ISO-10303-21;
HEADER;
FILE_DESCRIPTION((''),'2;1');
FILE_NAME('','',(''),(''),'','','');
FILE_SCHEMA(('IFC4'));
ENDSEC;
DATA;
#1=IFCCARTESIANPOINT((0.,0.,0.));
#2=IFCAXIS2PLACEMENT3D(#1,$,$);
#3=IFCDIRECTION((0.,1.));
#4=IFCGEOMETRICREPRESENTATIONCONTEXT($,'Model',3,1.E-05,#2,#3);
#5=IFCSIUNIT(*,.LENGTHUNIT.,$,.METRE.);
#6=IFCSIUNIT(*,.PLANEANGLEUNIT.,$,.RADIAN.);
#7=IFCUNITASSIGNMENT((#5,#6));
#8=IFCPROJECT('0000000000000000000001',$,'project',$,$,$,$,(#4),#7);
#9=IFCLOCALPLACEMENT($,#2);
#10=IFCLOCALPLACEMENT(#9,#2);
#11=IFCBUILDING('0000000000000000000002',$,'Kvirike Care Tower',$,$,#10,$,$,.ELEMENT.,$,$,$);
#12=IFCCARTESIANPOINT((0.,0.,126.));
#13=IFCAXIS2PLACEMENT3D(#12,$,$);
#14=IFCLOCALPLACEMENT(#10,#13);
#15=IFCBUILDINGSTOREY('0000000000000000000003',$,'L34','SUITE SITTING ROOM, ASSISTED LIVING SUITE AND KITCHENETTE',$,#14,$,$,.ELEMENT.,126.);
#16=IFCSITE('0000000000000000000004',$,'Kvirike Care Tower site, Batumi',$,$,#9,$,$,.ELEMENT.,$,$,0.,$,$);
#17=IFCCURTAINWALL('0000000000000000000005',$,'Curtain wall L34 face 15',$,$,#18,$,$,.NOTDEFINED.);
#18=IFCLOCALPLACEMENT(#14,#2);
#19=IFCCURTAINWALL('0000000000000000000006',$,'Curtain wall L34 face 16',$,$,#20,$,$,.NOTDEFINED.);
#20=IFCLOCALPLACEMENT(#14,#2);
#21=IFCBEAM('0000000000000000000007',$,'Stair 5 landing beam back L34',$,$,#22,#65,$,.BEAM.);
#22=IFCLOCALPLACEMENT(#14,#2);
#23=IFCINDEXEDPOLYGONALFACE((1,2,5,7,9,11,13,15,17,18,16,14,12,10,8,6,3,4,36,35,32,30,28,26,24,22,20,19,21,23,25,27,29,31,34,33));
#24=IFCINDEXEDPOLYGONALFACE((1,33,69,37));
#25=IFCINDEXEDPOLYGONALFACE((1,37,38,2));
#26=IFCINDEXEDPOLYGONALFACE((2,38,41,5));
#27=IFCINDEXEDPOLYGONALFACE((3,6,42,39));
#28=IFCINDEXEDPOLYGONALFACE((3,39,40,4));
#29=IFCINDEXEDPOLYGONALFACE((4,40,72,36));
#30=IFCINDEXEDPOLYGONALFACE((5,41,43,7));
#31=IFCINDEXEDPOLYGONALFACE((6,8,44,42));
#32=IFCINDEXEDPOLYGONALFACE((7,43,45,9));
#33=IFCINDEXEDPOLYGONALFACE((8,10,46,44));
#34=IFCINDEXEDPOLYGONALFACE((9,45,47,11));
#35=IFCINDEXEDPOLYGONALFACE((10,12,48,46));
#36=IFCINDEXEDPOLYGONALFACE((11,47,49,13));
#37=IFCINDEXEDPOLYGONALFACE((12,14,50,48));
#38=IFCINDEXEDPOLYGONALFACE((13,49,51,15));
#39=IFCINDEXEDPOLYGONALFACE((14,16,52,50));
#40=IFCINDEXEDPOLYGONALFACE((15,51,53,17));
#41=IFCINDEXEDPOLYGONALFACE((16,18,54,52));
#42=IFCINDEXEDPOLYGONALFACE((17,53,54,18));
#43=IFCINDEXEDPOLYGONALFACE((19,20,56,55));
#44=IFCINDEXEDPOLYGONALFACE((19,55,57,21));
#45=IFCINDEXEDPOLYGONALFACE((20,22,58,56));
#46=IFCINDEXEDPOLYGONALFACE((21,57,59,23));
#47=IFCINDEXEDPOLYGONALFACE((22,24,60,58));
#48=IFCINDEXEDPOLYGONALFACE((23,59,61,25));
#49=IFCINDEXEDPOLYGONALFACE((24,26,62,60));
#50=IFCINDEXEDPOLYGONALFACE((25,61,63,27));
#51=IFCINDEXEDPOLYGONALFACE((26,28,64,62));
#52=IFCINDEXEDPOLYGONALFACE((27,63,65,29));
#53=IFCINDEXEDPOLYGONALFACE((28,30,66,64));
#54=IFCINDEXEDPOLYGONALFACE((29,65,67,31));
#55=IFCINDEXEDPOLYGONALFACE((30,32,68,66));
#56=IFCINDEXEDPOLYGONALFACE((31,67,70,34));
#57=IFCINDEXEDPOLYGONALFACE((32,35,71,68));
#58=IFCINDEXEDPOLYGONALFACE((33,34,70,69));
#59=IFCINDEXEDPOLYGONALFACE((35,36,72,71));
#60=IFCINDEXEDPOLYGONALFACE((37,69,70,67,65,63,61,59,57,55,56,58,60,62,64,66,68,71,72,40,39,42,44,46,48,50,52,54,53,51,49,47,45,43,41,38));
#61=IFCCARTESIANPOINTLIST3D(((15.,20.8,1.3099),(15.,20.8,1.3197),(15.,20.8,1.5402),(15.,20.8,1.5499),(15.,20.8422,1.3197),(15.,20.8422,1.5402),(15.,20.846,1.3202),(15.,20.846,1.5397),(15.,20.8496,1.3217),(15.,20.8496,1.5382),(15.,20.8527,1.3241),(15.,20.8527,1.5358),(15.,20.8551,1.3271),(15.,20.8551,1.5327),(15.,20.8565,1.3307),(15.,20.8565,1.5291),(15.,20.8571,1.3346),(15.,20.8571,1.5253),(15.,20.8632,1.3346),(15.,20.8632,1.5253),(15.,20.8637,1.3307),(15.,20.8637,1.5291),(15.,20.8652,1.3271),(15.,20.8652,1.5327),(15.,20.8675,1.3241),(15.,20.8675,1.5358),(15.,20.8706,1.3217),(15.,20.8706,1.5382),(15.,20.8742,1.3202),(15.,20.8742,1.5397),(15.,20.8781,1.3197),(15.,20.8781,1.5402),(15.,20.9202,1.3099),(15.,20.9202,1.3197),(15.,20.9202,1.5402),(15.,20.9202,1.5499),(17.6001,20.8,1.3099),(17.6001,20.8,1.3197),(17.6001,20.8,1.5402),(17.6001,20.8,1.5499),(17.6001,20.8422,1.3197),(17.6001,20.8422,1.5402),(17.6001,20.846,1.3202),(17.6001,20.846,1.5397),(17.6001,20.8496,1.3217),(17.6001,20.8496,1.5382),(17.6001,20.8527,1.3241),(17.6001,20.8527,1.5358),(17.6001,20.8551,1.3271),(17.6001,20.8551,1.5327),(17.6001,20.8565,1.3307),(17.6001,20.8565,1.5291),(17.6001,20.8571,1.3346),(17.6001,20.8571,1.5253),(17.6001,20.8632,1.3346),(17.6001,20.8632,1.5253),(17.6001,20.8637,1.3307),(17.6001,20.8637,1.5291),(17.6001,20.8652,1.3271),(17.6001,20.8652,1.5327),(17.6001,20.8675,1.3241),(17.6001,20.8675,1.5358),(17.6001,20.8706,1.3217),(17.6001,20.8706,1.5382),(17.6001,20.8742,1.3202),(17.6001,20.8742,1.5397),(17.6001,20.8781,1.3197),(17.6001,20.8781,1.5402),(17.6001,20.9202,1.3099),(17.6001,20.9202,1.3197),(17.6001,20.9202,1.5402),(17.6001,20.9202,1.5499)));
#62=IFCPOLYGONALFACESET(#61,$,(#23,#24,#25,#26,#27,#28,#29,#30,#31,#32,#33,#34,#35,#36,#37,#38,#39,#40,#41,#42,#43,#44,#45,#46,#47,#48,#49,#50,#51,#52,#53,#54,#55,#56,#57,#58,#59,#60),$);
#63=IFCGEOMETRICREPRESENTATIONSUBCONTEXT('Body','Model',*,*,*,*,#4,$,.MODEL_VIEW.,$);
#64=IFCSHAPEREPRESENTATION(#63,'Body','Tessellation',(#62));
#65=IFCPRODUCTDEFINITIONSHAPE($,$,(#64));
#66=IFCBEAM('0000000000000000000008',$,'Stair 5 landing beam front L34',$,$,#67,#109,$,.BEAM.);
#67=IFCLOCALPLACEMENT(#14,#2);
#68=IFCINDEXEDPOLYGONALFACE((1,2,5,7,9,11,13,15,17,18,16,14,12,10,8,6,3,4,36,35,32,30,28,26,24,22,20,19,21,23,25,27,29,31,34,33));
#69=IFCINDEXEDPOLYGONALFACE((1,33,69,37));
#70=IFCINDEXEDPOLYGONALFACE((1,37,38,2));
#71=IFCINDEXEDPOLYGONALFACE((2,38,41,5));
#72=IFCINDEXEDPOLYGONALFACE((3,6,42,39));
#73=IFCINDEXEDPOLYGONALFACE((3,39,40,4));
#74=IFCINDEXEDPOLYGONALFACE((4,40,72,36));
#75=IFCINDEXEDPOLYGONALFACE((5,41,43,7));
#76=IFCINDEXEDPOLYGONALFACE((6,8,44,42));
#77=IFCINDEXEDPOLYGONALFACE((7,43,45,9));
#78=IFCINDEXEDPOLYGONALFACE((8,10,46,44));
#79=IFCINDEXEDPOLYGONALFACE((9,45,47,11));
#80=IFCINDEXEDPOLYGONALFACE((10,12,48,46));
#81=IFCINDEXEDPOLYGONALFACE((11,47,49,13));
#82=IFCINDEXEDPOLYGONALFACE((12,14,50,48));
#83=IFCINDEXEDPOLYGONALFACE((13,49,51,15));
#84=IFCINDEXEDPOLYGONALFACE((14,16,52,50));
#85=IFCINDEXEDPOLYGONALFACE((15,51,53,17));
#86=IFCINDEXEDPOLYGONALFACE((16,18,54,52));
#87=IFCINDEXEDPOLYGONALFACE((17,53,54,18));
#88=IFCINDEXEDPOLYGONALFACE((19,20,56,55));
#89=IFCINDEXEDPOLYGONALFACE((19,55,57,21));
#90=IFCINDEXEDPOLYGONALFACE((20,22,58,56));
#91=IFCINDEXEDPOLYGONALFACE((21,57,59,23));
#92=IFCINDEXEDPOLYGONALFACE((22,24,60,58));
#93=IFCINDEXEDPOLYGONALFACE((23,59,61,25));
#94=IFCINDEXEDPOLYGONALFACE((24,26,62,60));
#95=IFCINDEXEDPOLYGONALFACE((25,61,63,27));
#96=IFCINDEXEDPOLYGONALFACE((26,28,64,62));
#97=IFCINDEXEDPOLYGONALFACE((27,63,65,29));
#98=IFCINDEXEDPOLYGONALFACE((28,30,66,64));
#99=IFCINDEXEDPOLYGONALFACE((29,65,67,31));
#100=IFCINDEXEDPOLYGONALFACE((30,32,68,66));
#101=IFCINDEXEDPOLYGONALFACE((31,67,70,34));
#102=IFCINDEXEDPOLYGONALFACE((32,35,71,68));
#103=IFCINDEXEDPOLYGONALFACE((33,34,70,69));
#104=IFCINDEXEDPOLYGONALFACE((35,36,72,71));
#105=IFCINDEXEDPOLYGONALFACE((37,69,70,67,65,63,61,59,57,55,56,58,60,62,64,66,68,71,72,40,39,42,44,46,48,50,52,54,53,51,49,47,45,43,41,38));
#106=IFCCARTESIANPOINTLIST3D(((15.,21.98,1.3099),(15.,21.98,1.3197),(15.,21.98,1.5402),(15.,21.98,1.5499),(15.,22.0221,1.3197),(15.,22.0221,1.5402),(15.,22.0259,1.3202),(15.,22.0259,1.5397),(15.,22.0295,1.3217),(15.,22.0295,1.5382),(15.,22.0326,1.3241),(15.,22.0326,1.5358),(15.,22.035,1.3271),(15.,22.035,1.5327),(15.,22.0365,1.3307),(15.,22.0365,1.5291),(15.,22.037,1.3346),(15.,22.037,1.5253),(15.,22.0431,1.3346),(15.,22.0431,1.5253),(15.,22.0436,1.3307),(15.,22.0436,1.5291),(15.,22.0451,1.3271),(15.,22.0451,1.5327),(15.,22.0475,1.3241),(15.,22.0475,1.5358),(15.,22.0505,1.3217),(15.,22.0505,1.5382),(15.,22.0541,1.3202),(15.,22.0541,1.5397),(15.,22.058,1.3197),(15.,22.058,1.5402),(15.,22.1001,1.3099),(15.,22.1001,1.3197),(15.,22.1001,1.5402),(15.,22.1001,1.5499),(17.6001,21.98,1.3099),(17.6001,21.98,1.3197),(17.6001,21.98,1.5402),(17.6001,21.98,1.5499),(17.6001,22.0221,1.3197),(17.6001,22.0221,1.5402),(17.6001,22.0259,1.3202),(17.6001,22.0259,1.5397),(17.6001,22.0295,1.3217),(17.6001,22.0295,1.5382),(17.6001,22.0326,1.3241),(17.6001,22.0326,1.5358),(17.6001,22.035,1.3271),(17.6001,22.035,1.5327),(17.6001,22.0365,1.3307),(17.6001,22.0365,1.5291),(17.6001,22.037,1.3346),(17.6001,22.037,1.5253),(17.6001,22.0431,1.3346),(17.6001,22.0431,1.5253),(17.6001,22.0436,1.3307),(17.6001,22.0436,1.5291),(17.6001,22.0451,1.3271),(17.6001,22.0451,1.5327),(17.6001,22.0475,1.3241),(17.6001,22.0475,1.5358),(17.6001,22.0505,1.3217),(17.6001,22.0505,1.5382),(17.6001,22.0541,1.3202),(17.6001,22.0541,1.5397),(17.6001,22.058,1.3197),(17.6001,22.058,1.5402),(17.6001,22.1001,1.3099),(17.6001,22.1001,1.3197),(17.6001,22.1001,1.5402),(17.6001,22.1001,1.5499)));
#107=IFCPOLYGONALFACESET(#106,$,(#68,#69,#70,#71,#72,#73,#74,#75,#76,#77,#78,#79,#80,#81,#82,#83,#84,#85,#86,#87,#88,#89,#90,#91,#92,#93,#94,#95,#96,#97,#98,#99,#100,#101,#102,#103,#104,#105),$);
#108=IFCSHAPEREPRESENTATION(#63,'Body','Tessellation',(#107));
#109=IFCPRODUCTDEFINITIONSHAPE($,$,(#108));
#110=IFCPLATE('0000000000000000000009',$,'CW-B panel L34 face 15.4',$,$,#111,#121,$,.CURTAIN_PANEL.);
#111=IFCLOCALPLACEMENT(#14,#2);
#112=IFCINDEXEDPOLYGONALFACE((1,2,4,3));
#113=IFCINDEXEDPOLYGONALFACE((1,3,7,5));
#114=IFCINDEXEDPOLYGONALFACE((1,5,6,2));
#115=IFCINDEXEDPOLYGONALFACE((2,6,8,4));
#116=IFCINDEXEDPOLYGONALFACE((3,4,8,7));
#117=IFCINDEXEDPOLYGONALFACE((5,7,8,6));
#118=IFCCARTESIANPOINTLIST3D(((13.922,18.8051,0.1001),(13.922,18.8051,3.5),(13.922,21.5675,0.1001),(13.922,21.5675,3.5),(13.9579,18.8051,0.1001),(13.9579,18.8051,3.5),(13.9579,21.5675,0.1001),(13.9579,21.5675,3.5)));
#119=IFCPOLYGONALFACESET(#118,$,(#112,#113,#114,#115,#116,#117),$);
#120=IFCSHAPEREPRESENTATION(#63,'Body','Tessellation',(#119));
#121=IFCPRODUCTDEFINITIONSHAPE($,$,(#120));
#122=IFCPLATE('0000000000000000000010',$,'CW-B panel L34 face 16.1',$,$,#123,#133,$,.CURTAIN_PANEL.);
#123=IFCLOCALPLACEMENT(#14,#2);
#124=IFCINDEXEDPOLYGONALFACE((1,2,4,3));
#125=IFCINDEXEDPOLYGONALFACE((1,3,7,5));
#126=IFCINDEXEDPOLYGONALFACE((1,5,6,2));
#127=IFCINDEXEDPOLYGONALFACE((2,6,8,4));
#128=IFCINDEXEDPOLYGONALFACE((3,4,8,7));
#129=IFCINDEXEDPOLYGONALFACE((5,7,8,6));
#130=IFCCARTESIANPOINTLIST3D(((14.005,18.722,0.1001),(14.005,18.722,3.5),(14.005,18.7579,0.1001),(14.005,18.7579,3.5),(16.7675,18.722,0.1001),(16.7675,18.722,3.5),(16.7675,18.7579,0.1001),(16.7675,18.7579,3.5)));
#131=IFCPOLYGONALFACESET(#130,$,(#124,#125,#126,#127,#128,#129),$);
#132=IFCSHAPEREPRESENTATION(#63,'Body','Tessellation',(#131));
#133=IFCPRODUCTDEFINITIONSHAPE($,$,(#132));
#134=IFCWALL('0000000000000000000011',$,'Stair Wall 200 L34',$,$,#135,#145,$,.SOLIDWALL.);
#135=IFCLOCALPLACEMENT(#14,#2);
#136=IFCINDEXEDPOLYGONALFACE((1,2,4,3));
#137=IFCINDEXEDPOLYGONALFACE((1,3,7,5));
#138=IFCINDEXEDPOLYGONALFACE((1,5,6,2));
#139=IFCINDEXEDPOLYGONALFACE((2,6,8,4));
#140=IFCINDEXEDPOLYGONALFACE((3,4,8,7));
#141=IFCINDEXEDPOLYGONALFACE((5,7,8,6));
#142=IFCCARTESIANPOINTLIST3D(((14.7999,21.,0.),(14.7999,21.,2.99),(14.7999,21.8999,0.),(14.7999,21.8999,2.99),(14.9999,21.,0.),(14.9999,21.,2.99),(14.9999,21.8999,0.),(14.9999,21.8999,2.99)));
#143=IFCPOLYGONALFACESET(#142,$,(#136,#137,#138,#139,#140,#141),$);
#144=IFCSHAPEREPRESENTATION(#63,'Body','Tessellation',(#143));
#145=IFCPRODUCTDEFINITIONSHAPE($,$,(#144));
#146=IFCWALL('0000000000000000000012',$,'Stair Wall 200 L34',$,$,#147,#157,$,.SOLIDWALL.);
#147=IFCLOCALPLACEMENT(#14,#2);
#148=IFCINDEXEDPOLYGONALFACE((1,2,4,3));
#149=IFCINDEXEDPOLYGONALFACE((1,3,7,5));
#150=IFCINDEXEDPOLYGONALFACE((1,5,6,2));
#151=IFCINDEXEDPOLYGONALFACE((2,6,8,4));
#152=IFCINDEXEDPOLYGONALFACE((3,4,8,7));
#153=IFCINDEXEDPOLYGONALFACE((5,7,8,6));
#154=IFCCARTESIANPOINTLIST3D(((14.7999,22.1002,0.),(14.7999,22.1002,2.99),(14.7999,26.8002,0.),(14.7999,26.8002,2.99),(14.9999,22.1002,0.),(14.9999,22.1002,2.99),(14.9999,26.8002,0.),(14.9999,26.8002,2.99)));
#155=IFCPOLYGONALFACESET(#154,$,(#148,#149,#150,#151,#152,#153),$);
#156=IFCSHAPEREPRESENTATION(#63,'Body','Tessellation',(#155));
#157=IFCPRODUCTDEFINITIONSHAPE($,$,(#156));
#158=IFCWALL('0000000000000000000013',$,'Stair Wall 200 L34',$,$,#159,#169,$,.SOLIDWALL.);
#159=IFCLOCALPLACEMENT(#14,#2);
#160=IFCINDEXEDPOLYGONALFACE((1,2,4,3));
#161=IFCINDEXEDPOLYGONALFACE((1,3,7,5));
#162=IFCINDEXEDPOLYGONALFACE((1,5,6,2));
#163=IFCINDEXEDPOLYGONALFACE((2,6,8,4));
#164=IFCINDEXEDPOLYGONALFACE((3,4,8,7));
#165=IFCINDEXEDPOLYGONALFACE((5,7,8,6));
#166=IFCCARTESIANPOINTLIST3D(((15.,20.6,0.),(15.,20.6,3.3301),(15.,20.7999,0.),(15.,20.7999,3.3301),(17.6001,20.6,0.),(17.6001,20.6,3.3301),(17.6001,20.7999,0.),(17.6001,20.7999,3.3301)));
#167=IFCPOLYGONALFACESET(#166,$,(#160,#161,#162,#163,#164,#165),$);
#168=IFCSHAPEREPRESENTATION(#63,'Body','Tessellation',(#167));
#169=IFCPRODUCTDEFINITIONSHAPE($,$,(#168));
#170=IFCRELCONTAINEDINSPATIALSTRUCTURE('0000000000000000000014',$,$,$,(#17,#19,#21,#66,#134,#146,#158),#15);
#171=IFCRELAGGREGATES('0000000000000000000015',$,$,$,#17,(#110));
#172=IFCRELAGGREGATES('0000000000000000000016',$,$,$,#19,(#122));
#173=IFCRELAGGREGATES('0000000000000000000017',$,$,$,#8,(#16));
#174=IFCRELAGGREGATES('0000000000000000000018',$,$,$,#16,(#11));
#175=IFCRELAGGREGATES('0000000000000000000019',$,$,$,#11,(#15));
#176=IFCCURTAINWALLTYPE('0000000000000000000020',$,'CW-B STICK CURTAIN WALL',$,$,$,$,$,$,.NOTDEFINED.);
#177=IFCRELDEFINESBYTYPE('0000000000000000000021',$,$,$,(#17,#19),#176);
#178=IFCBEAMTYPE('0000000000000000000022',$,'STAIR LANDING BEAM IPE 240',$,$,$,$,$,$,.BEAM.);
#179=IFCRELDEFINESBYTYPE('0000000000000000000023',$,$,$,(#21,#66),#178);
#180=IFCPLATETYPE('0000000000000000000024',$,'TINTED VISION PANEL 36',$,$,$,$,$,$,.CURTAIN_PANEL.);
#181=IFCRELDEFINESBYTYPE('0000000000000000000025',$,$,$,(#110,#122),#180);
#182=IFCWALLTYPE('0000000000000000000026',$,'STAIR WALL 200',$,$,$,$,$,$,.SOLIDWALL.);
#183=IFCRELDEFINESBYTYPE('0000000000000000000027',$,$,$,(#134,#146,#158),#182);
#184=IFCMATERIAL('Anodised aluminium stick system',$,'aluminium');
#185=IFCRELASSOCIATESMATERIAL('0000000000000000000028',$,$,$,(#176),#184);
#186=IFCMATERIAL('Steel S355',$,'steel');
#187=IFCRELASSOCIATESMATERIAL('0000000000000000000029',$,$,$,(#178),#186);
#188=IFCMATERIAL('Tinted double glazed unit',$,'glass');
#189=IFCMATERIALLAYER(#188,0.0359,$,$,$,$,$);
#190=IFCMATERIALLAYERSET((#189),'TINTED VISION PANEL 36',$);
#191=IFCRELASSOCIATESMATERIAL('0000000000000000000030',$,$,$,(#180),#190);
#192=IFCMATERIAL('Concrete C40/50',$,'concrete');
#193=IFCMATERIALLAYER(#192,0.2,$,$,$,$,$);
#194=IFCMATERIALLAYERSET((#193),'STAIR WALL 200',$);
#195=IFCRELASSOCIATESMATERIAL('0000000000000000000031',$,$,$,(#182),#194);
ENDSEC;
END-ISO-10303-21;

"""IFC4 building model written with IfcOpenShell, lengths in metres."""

from ifc_helpers import new_model, si_unit, direction, frame, frame_2d, origin, origin_2d, place, context, subcontext, project, spatial, rectangle, i_section, extrude, material, layer, layer_set, material_profile, profile_set, type_object, element, aggregate, save


model = new_model("IFC4")

# Units and contexts
model_context = context("Model", 3, precision=1e-05, world=origin(), true_north=direction((0.0, 1.0)))
body_context = subcontext(model_context, "Body", "Model", "MODEL_VIEW")
ifc_project = project(units=[si_unit("LENGTHUNIT", "METRE"), si_unit("PLANEANGLEUNIT", "RADIAN")], contexts=[model_context])

# Site, building, storey
site_placement = place(None, origin())
site = spatial("IfcSite", under=ifc_project, at=site_placement, Name="Kvirike Care Tower site, Batumi", CompositionType="ELEMENT", RefElevation=0.0)
building_placement = place(site_placement, origin())
building = spatial("IfcBuilding", under=site, at=building_placement, Name="Kvirike Care Tower", CompositionType="ELEMENT")
storey_placement = place(building_placement, frame((0.0, 0.0, 126.0)))
storey = spatial("IfcBuildingStorey", under=building, at=storey_placement, Name="L34", Description="SUITE SITTING ROOM, ASSISTED LIVING SUITE AND KITCHENETTE", CompositionType="ELEMENT", Elevation=126.0)

# Curtain wall
ifc_material_1 = material(Name="Anodised aluminium stick system", Category="aluminium")
curtain_wall_type = type_object("IfcCurtainWallType", Name="CW-B STICK CURTAIN WALL", PredefinedType="NOTDEFINED", material=ifc_material_1)
curtain_wall_1_placement = place(storey_placement, origin())
curtain_wall_1 = element("IfcCurtainWall", 1, at=curtain_wall_1_placement, inside=storey, type_object=curtain_wall_type, Name="Curtain wall L34 face 15", PredefinedType="NOTDEFINED")

# Curtain wall
curtain_wall_2_placement = place(storey_placement, origin())
curtain_wall_2 = element("IfcCurtainWall", 2, at=curtain_wall_2_placement, inside=storey, type_object=curtain_wall_type, Name="Curtain wall L34 face 16", PredefinedType="NOTDEFINED")

# Beams
ifc_material_2 = material(Name="Steel S355", Category="steel")
ifc_material_profile_1 = material_profile(ifc_material_2, i_section(OverallWidth=0.1201, OverallDepth=0.24, WebThickness=0.0061, FlangeThickness=0.0098, FilletRadius=0.0149, at=origin_2d()), Name="IPE 240")
ifc_profile_set_1 = profile_set([ifc_material_profile_1], Name="Steel S355")
beam_type_1 = type_object("IfcBeamType", Name="STAIR LANDING BEAM IPE 240", PredefinedType="BEAM", material=ifc_profile_set_1)
for number, where, z_axis, x_axis, name in (
    (3, (15.0, 20.8601, 1.4299), (1.0, 0.0, 0.0), (0.0, 1.0, 0.0), "Stair 5 landing beam back L34"),
    (4, (15.0, 22.04, 1.4299), (1.0, 0.0, 0.0), (0.0, 1.0, 0.0), "Stair 5 landing beam front L34"),
):
    element("IfcBeam", number, at=place(storey_placement, frame(where, z_axis=z_axis, x_axis=x_axis)), inside=storey, type_object=beam_type_1, Name=name, PredefinedType="BEAM", context=body_context, shape_type="SweptSolid", body=[
        extrude(i_section(OverallWidth=0.1201, OverallDepth=0.24, WebThickness=0.0061, FlangeThickness=0.0098, FilletRadius=0.0149, at=origin_2d()), origin(), (0.0, 0.0, 1.0), 2.6001),
    ])

# Plates
ifc_material_3 = material(Name="Tinted double glazed unit", Category="glass")
ifc_layer_1 = layer(ifc_material_3, 0.0359)
ifc_layer_set_1 = layer_set([ifc_layer_1], Name="TINTED VISION PANEL 36")
plate_type = type_object("IfcPlateType", Name="TINTED VISION PANEL 36", PredefinedType="CURTAIN_PANEL", material=ifc_layer_set_1)
plate_1_placement = place(storey_placement, frame((13.9399, 20.1863, 0.1001), z_axis=(0.0, 0.0, 1.0), x_axis=(0.0, -1.0, 0.0)))
plate_1 = element("IfcPlate", 5, at=plate_1_placement, type_object=plate_type, Name="CW-B panel L34 face 15.4", PredefinedType="CURTAIN_PANEL", context=body_context, shape_type="SweptSolid", body=[
    extrude(rectangle(XDim=2.7625, YDim=0.0359, at=origin_2d()), origin(), (0.0, 0.0, 1.0), 3.3999),
])
aggregate(curtain_wall_1, [plate_1])
plate_2_placement = place(storey_placement, frame((15.3862, 18.74, 0.1001), z_axis=(0.0, 0.0, 1.0), x_axis=(1.0, 0.0, 0.0)))
plate_2 = element("IfcPlate", 6, at=plate_2_placement, type_object=plate_type, Name="CW-B panel L34 face 16.1", PredefinedType="CURTAIN_PANEL", context=body_context, shape_type="SweptSolid", body=[
    extrude(rectangle(XDim=2.7625, YDim=0.0359, at=origin_2d()), origin(), (0.0, 0.0, 1.0), 3.3999),
])
aggregate(curtain_wall_2, [plate_2])

# Walls
ifc_material_4 = material(Name="Concrete C40/50", Category="concrete")
ifc_layer_2 = layer(ifc_material_4, 0.2)
ifc_layer_set_2 = layer_set([ifc_layer_2], Name="STAIR WALL 200")
wall_type = type_object("IfcWallType", Name="STAIR WALL 200", PredefinedType="SOLIDWALL", material=ifc_layer_set_2)
wall_1_placement = place(storey_placement, frame((14.8999, 21.0, 0.0), z_axis=(0.0, 0.0, 1.0), x_axis=(0.0, 1.0, 0.0)))
element("IfcWall", 7, at=wall_1_placement, inside=storey, type_object=wall_type, Name="Stair Wall 200 L34", PredefinedType="SOLIDWALL", context=body_context, shape_type="SweptSolid", body=[
    extrude(rectangle(XDim=0.8999, YDim=0.2, at=frame_2d((0.45, 0.0))), origin(), (0.0, 0.0, 1.0), 2.99),
])
wall_2_placement = place(storey_placement, frame((14.8999, 22.1001, 0.0), z_axis=(0.0, 0.0, 1.0), x_axis=(0.0, 1.0, 0.0)))
element("IfcWall", 8, at=wall_2_placement, inside=storey, type_object=wall_type, Name="Stair Wall 200 L34", PredefinedType="SOLIDWALL", context=body_context, shape_type="SweptSolid", body=[
    extrude(rectangle(XDim=4.7, YDim=0.2, at=frame_2d((2.3501, 0.0))), origin(), (0.0, 0.0, 1.0), 2.99),
])
wall_3_placement = place(storey_placement, frame((15.0, 20.7, 0.0), z_axis=(0.0, 0.0, 1.0), x_axis=(1.0, 0.0, 0.0)))
element("IfcWall", 9, at=wall_3_placement, inside=storey, type_object=wall_type, Name="Stair Wall 200 L34", PredefinedType="SOLIDWALL", context=body_context, shape_type="SweptSolid", body=[
    extrude(rectangle(XDim=2.6001, YDim=0.2, at=frame_2d((1.3, 0.0))), origin(), (0.0, 0.0, 1.0), 3.3301),
])

save(model, "model.ifc")
